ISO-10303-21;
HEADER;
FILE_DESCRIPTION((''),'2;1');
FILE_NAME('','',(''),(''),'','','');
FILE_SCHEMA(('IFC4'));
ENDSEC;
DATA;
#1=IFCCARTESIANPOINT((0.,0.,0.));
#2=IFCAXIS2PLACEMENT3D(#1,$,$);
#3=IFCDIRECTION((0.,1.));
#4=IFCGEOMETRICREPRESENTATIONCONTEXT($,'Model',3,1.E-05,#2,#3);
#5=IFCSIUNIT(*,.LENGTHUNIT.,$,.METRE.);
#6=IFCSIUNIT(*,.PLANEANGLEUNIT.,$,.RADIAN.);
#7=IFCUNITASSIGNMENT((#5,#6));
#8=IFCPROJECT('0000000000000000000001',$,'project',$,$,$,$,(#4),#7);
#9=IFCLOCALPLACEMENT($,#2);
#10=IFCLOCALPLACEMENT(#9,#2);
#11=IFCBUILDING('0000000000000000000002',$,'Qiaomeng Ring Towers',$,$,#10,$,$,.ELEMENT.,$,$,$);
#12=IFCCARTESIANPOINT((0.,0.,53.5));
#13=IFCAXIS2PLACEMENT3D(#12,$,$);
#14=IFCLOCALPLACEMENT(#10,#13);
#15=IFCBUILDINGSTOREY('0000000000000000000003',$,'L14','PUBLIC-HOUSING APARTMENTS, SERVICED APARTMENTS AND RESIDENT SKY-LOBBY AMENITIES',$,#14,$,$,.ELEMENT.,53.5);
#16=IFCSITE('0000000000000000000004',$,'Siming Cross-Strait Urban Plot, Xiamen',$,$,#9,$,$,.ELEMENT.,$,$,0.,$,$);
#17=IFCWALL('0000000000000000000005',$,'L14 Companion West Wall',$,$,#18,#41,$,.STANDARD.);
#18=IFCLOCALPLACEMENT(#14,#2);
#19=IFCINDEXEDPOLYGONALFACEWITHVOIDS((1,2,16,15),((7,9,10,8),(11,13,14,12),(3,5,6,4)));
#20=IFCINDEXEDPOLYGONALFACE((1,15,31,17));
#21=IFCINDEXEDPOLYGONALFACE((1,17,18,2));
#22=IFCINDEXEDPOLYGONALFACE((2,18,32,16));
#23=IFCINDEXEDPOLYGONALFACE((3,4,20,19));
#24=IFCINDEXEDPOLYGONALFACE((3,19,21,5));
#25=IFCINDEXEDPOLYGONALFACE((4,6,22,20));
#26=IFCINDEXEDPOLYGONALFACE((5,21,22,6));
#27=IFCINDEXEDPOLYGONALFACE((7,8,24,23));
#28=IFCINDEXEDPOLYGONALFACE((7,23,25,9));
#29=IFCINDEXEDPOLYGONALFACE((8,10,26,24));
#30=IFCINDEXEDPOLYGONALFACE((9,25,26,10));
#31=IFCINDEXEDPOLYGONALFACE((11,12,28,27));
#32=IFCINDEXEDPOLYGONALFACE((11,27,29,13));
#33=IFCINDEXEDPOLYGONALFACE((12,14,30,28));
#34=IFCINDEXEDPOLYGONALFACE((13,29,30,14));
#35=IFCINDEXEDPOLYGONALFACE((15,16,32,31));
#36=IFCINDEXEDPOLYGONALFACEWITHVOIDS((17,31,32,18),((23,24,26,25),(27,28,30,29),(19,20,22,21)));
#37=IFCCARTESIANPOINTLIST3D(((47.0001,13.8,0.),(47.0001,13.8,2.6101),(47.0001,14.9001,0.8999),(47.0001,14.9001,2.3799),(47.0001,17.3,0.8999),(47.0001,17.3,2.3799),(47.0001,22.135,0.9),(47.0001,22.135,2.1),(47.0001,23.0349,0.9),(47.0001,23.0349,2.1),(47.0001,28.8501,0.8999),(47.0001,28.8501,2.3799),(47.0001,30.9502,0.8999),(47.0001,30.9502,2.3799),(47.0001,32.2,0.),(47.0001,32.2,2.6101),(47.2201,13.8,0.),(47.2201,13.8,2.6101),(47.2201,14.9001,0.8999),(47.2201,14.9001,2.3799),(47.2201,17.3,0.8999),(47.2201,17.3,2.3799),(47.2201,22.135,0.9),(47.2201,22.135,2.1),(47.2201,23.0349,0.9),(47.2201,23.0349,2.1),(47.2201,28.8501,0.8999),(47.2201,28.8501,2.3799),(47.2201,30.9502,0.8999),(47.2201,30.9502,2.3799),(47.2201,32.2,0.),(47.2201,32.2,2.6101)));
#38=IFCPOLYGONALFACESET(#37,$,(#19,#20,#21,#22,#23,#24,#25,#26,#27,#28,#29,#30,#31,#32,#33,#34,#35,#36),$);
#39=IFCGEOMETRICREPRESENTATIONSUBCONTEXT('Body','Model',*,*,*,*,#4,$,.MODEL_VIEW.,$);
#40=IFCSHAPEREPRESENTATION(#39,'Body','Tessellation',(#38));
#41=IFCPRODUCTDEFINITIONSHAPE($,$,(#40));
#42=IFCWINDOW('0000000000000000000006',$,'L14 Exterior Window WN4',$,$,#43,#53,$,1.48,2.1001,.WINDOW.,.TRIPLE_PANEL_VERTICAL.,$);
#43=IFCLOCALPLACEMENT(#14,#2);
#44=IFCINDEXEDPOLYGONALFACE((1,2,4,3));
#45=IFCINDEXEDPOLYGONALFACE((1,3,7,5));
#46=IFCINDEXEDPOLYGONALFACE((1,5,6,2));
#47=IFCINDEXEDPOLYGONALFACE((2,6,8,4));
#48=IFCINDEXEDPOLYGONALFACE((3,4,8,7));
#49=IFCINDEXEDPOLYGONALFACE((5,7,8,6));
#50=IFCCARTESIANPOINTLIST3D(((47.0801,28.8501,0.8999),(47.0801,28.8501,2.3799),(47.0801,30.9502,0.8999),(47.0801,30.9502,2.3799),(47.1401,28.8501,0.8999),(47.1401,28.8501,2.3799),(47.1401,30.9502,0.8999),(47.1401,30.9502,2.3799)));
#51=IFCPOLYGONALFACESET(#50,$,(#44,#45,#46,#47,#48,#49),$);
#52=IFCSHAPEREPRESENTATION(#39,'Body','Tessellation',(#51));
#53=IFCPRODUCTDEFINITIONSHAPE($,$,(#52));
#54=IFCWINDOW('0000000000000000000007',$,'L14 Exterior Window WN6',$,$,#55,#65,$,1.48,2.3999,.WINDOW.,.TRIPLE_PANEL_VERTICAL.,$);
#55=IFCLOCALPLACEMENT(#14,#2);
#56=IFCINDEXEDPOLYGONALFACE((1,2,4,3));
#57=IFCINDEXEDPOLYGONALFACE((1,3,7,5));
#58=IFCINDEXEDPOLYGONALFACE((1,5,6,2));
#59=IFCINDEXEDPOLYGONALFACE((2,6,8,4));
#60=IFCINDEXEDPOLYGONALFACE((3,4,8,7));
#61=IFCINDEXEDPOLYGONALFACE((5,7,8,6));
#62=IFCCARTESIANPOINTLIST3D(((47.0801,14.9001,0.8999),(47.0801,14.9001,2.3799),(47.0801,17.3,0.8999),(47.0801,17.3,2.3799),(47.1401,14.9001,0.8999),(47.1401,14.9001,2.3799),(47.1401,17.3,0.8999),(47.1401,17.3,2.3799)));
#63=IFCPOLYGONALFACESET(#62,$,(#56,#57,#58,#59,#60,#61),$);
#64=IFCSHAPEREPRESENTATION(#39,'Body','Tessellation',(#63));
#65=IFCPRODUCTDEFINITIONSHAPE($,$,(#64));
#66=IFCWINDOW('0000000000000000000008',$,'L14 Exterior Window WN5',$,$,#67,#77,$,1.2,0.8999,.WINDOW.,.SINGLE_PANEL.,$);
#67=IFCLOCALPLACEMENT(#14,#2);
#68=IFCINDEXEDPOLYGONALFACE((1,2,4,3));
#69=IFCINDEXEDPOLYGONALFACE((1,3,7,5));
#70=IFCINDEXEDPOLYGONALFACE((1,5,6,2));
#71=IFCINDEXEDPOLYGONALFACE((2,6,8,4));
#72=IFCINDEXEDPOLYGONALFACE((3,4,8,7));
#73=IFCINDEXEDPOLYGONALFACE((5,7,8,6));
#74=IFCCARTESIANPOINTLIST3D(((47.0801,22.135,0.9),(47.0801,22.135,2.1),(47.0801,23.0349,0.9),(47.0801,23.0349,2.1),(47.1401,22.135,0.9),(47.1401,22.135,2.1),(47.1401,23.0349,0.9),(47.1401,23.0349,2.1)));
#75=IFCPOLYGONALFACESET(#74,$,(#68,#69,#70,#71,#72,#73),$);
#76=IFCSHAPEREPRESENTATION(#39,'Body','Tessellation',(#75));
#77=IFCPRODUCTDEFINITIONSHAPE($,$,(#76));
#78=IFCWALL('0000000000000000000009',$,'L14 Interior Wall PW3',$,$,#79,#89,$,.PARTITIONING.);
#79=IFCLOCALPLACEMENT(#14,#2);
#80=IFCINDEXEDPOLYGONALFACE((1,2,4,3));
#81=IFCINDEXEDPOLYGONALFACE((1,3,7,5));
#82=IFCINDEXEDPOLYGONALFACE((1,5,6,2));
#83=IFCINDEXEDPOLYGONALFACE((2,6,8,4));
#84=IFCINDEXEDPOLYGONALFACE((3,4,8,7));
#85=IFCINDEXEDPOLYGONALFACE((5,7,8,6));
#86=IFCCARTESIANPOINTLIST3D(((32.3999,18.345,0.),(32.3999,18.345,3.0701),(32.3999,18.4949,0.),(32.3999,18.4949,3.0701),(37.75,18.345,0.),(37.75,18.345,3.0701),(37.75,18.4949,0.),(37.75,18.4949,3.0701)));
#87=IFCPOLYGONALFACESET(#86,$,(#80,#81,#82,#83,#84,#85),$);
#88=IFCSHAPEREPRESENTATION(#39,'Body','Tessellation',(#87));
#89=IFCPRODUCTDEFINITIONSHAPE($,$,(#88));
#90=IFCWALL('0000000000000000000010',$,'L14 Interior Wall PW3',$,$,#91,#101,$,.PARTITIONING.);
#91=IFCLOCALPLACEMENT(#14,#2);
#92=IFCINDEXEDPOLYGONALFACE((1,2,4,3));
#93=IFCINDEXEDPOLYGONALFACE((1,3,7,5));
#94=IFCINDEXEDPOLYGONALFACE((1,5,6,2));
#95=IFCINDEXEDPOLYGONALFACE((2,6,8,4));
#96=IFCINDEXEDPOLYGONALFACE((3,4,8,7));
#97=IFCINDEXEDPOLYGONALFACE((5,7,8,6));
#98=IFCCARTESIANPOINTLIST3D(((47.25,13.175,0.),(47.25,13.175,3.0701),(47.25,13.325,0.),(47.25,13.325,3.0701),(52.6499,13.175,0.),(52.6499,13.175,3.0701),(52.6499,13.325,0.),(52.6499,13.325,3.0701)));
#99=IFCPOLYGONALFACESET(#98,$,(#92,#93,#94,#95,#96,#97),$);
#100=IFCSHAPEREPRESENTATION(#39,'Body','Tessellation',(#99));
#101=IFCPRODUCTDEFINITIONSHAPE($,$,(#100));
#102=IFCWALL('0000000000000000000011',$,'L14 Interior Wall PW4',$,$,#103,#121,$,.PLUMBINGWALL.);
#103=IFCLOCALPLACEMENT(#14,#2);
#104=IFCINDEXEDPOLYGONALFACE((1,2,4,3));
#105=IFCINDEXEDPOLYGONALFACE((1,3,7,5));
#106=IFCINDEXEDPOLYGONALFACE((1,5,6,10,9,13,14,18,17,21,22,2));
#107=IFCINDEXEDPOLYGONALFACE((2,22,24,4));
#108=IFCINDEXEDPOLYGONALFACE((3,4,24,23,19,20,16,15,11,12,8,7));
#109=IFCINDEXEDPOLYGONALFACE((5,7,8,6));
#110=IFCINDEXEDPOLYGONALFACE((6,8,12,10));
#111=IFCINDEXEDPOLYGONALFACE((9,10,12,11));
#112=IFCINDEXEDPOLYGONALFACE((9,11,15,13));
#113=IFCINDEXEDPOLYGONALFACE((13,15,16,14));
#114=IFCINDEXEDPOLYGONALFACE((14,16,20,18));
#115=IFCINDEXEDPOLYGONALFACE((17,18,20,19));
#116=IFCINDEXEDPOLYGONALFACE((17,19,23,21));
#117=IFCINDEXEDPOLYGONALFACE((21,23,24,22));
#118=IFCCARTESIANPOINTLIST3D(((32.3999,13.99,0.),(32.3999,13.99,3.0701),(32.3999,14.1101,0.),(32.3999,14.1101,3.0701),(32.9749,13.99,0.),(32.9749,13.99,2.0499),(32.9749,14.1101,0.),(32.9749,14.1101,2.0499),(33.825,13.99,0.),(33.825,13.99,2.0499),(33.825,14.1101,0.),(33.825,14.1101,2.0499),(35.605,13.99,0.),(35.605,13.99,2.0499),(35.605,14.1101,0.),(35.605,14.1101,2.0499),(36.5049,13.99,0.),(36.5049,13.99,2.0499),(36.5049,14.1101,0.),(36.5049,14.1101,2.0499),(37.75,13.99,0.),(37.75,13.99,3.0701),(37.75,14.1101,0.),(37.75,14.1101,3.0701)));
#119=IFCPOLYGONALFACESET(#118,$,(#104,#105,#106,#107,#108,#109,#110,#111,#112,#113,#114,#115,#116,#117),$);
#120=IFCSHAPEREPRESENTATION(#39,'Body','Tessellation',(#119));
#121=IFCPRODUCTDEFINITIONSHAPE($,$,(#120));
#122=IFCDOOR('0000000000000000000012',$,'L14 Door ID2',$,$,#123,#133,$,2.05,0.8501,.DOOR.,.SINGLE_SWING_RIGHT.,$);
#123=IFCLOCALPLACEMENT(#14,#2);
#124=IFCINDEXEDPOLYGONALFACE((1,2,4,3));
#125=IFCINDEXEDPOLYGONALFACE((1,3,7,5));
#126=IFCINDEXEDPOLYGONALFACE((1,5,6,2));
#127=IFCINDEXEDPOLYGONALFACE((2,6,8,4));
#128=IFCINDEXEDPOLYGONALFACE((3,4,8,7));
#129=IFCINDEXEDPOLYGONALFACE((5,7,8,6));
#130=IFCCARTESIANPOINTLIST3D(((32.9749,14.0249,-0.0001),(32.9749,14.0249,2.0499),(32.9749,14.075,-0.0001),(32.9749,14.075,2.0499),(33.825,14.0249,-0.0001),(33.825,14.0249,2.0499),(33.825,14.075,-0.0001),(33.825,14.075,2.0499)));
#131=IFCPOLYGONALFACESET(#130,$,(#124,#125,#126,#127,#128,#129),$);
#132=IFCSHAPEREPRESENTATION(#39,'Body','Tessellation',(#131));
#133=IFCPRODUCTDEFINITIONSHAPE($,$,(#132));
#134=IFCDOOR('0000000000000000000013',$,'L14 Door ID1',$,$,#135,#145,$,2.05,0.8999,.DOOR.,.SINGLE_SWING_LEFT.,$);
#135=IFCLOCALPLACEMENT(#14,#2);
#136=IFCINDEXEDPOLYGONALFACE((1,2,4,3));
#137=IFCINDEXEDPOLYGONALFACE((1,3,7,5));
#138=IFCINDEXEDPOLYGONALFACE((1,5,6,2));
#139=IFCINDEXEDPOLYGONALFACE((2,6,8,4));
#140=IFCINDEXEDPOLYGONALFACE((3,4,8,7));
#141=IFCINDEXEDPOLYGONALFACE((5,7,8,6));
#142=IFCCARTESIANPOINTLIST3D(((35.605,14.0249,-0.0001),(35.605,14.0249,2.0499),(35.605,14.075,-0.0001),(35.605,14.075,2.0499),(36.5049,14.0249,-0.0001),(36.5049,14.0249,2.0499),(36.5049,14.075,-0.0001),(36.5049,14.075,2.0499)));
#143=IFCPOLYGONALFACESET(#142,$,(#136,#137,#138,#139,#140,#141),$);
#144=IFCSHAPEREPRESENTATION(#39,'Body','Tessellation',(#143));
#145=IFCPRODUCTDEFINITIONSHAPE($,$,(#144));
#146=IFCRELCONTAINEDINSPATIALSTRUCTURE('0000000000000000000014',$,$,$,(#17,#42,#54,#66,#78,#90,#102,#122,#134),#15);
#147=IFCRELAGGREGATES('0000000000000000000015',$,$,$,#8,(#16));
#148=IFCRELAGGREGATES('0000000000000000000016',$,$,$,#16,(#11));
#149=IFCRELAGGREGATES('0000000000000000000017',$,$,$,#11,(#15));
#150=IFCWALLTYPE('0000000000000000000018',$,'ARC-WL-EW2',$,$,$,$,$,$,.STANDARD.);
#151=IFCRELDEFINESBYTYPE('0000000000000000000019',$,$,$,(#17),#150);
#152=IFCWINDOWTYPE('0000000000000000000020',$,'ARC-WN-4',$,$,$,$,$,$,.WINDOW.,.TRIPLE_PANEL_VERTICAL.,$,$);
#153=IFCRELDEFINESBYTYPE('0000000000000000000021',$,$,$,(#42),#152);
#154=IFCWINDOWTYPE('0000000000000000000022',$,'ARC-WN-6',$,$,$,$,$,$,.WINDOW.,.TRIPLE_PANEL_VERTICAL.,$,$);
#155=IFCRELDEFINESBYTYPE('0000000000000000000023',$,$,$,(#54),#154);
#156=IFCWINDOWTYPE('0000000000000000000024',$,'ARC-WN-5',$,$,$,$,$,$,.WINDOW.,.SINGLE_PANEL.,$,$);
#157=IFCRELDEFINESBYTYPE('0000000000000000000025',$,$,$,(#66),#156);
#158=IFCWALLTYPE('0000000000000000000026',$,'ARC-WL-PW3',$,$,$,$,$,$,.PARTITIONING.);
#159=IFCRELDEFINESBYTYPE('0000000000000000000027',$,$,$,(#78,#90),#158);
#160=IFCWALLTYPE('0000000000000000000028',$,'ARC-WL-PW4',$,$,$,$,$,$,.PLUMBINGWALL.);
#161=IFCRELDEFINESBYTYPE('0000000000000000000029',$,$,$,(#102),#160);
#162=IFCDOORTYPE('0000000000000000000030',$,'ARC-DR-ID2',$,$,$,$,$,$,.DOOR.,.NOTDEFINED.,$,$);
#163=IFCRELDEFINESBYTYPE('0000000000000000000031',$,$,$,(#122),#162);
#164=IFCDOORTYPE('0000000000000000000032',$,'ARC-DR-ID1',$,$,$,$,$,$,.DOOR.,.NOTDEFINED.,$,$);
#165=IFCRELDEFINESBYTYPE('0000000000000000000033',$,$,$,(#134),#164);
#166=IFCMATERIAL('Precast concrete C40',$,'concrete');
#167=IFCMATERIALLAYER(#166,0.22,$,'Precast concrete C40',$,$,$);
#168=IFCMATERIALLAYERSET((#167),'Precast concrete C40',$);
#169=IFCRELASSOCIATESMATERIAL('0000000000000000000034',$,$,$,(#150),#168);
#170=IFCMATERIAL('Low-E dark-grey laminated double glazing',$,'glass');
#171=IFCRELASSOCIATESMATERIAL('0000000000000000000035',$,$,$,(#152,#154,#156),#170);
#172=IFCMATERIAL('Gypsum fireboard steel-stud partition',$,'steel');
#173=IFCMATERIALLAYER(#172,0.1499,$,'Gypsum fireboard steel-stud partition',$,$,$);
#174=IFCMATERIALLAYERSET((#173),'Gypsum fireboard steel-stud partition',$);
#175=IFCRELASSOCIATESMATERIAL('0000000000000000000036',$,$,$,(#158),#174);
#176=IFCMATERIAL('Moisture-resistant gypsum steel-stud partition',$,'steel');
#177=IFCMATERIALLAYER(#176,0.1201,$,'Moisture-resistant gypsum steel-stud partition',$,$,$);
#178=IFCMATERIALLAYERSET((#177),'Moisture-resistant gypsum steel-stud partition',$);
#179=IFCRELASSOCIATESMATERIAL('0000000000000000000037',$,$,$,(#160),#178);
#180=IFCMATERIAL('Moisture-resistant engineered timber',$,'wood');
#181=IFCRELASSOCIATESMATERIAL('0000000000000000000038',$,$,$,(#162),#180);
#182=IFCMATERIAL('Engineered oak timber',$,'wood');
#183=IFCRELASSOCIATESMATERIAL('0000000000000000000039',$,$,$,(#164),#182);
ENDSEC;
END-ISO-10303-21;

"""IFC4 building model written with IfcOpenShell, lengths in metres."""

from ifc_helpers import new_model, si_unit, direction, frame, frame_2d, origin, place, context, subcontext, project, spatial, rectangle, extrude, source, transform, mapped, material, layer, layer_set, type_object, element, fill, save


model = new_model("IFC4")

# Units and contexts
model_context = context("Model", 3, precision=1e-05, world=origin(), true_north=direction((0.0, 1.0)))
body_context = subcontext(model_context, "Body", "Model", "MODEL_VIEW")
ifc_project = project(units=[si_unit("LENGTHUNIT", "METRE"), si_unit("PLANEANGLEUNIT", "RADIAN")], contexts=[model_context])

# Site, building, storey
site_placement = place(None, origin())
site = spatial("IfcSite", under=ifc_project, at=site_placement, Name="Siming Cross-Strait Urban Plot, Xiamen", CompositionType="ELEMENT", RefElevation=0.0)
building_placement = place(site_placement, origin())
building = spatial("IfcBuilding", under=site, at=building_placement, Name="Qiaomeng Ring Towers", CompositionType="ELEMENT")
storey_placement = place(building_placement, frame((0.0, 0.0, 53.5)))
storey = spatial("IfcBuildingStorey", under=building, at=storey_placement, Name="L14", Description="PUBLIC-HOUSING APARTMENTS, SERVICED APARTMENTS AND RESIDENT SKY-LOBBY AMENITIES", CompositionType="ELEMENT", Elevation=53.5)

# Wall, openings, windows
ifc_material_1 = material(Name="Precast concrete C40", Category="concrete")
ifc_layer_1 = layer(ifc_material_1, 0.22, Name="Precast concrete C40")
ifc_layer_set_1 = layer_set([ifc_layer_1], Name="Precast concrete C40")
wall_type_1 = type_object("IfcWallType", Name="ARC-WL-EW2", PredefinedType="STANDARD", material=ifc_layer_set_1)
wall_1_placement = place(storey_placement, frame((47.1101, 13.8, 0.0), z_axis=(0.0, 0.0, 1.0), x_axis=(0.0, 1.0, 0.0)))
wall_1 = element("IfcWall", 1, at=wall_1_placement, inside=storey, type_object=wall_type_1, Name="L14 Companion West Wall", PredefinedType="STANDARD", context=body_context, shape_type="SweptSolid", body=[
    extrude(rectangle(XDim=18.3999, YDim=0.22, at=frame_2d((9.2, 0.0))), origin(), (0.0, 0.0, 1.0), 2.6101),
])
opening_1_placement = place(wall_1_placement, frame((1.1001, 0.0, 0.8999)))
opening_1 = element("IfcOpeningElement", 2, at=opening_1_placement, cuts=wall_1, PredefinedType="OPENING", context=body_context, shape_type="SweptSolid", body=[
    extrude(rectangle(XDim=2.3999, YDim=1.48, at=frame_2d((1.2, 0.74))), frame((0.0, 0.1199, 0.0), z_axis=(0.0, -1.0, 0.0), x_axis=(1.0, 0.0, 0.0)), (0.0, 0.0, 1.0), 0.24),
])
opening_2_placement = place(wall_1_placement, frame((15.05, 0.0, 0.8999)))
opening_2 = element("IfcOpeningElement", 3, at=opening_2_placement, cuts=wall_1, PredefinedType="OPENING", context=body_context, shape_type="SweptSolid", body=[
    extrude(rectangle(XDim=2.1001, YDim=1.48, at=frame_2d((1.05, 0.74))), frame((0.0, 0.1199, 0.0), z_axis=(0.0, -1.0, 0.0), x_axis=(1.0, 0.0, 0.0)), (0.0, 0.0, 1.0), 0.24),
])
opening_3_placement = place(wall_1_placement, frame((8.335, 0.0, 0.8999)))
opening_3 = element("IfcOpeningElement", 4, at=opening_3_placement, cuts=wall_1, PredefinedType="OPENING", context=body_context, shape_type="SweptSolid", body=[
    extrude(rectangle(XDim=0.8999, YDim=1.2, at=frame_2d((0.45, 0.6001))), frame((0.0, 0.1199, 0.0), z_axis=(0.0, -1.0, 0.0), x_axis=(1.0, 0.0, 0.0)), (0.0, 0.0, 1.0), 0.24),
])
ifc_material_2 = material(Name="Low-E dark-grey laminated double glazing", Category="glass")
window_type_1 = type_object("IfcWindowType", Name="ARC-WN-4", PartitioningType="TRIPLE_PANEL_VERTICAL", PredefinedType="WINDOW", material=ifc_material_2)
shared_shape_1 = source(origin(), body_context, "Body", "SweptSolid", [
    extrude(rectangle(XDim=2.1001, YDim=1.48, at=frame_2d((1.05, 0.74))), frame((0.0, 0.03, 0.0), z_axis=(0.0, -1.0, 0.0), x_axis=(1.0, 0.0, 0.0)), (0.0, 0.0, 1.0), 0.0601),
])
window_1_placement = place(opening_2_placement, origin())
window_1 = element("IfcWindow", 5, at=window_1_placement, inside=storey, type_object=window_type_1, Name="L14 Exterior Window WN4", OverallHeight=1.48, OverallWidth=2.1001, PartitioningType="TRIPLE_PANEL_VERTICAL", PredefinedType="WINDOW", context=body_context, shape_type="MappedRepresentation", body=[
    mapped(shared_shape_1, transform((0.0, 0.0, 0.0), x_axis=(1.0, 0.0, 0.0), y_axis=(0.0, 1.0, 0.0), z_axis=(0.0, 0.0, 1.0), scale=1.0)),
])
fill(opening_2, window_1)
window_type_2 = type_object("IfcWindowType", Name="ARC-WN-6", PartitioningType="TRIPLE_PANEL_VERTICAL", PredefinedType="WINDOW", material=ifc_material_2)
shared_shape_2 = source(origin(), body_context, "Body", "SweptSolid", [
    extrude(rectangle(XDim=2.3999, YDim=1.48, at=frame_2d((1.2, 0.74))), frame((0.0, 0.03, 0.0), z_axis=(0.0, -1.0, 0.0), x_axis=(1.0, 0.0, 0.0)), (0.0, 0.0, 1.0), 0.0601),
])
window_2_placement = place(opening_1_placement, origin())
window_2 = element("IfcWindow", 6, at=window_2_placement, inside=storey, type_object=window_type_2, Name="L14 Exterior Window WN6", OverallHeight=1.48, OverallWidth=2.3999, PartitioningType="TRIPLE_PANEL_VERTICAL", PredefinedType="WINDOW", context=body_context, shape_type="MappedRepresentation", body=[
    mapped(shared_shape_2, transform((0.0, 0.0, 0.0), x_axis=(1.0, 0.0, 0.0), y_axis=(0.0, 1.0, 0.0), z_axis=(0.0, 0.0, 1.0), scale=1.0)),
])
fill(opening_1, window_2)
window_type_3 = type_object("IfcWindowType", Name="ARC-WN-5", PartitioningType="SINGLE_PANEL", PredefinedType="WINDOW", material=ifc_material_2)
shared_shape_3 = source(origin(), body_context, "Body", "SweptSolid", [
    extrude(rectangle(XDim=0.8999, YDim=1.2, at=frame_2d((0.45, 0.6001))), frame((0.0, 0.03, 0.0), z_axis=(0.0, -1.0, 0.0), x_axis=(1.0, 0.0, 0.0)), (0.0, 0.0, 1.0), 0.0601),
])
window_3_placement = place(opening_3_placement, origin())
window_3 = element("IfcWindow", 7, at=window_3_placement, inside=storey, type_object=window_type_3, Name="L14 Exterior Window WN5", OverallHeight=1.2, OverallWidth=0.8999, PartitioningType="SINGLE_PANEL", PredefinedType="WINDOW", context=body_context, shape_type="MappedRepresentation", body=[
    mapped(shared_shape_3, transform((0.0, 0.0, 0.0), x_axis=(1.0, 0.0, 0.0), y_axis=(0.0, 1.0, 0.0), z_axis=(0.0, 0.0, 1.0), scale=1.0)),
])
fill(opening_3, window_3)

# Walls
ifc_material_3 = material(Name="Gypsum fireboard steel-stud partition", Category="steel")
ifc_layer_2 = layer(ifc_material_3, 0.1499, Name="Gypsum fireboard steel-stud partition")
ifc_layer_set_2 = layer_set([ifc_layer_2], Name="Gypsum fireboard steel-stud partition")
wall_type_2 = type_object("IfcWallType", Name="ARC-WL-PW3", PredefinedType="PARTITIONING", material=ifc_layer_set_2)
wall_2_placement = place(storey_placement, frame((32.3999, 18.4199, 0.0), z_axis=(0.0, 0.0, 1.0), x_axis=(1.0, 0.0, 0.0)))
element("IfcWall", 8, at=wall_2_placement, inside=storey, type_object=wall_type_2, Name="L14 Interior Wall PW3", PredefinedType="PARTITIONING", context=body_context, shape_type="SweptSolid", body=[
    extrude(rectangle(XDim=5.3501, YDim=0.1499, at=frame_2d((2.675, 0.0))), origin(), (0.0, 0.0, 1.0), 3.0701),
])
wall_3_placement = place(storey_placement, frame((47.25, 13.25, 0.0), z_axis=(0.0, 0.0, 1.0), x_axis=(1.0, 0.0, 0.0)))
element("IfcWall", 9, at=wall_3_placement, inside=storey, type_object=wall_type_2, Name="L14 Interior Wall PW3", PredefinedType="PARTITIONING", context=body_context, shape_type="SweptSolid", body=[
    extrude(rectangle(XDim=5.3999, YDim=0.1499, at=frame_2d((2.7, 0.0))), origin(), (0.0, 0.0, 1.0), 3.0701),
])

# Wall, openings, doors
ifc_material_4 = material(Name="Moisture-resistant gypsum steel-stud partition", Category="steel")
ifc_layer_3 = layer(ifc_material_4, 0.1201, Name="Moisture-resistant gypsum steel-stud partition")
ifc_layer_set_3 = layer_set([ifc_layer_3], Name="Moisture-resistant gypsum steel-stud partition")
wall_type_3 = type_object("IfcWallType", Name="ARC-WL-PW4", PredefinedType="PLUMBINGWALL", material=ifc_layer_set_3)
wall_4_placement = place(storey_placement, frame((32.3999, 14.05, 0.0), z_axis=(0.0, 0.0, 1.0), x_axis=(1.0, 0.0, 0.0)))
wall_4 = element("IfcWall", 10, at=wall_4_placement, inside=storey, type_object=wall_type_3, Name="L14 Interior Wall PW4", PredefinedType="PLUMBINGWALL", context=body_context, shape_type="SweptSolid", body=[
    extrude(rectangle(XDim=5.3501, YDim=0.1201, at=frame_2d((2.675, 0.0))), origin(), (0.0, 0.0, 1.0), 3.0701),
])
opening_4_placement = place(wall_4_placement, frame((0.575, 0.0, 0.0)))
opening_4 = element("IfcOpeningElement", 11, at=opening_4_placement, cuts=wall_4, PredefinedType="OPENING", context=body_context, shape_type="SweptSolid", body=[
    extrude(rectangle(XDim=0.8501, YDim=2.05, at=frame_2d((0.425, 1.0249))), frame((0.0, 0.0701, 0.0), z_axis=(0.0, -1.0, 0.0), x_axis=(1.0, 0.0, 0.0)), (0.0, 0.0, 1.0), 0.1401),
])
opening_5_placement = place(wall_4_placement, frame((3.2051, 0.0, 0.0)))
opening_5 = element("IfcOpeningElement", 12, at=opening_5_placement, cuts=wall_4, PredefinedType="OPENING", context=body_context, shape_type="SweptSolid", body=[
    extrude(rectangle(XDim=0.8999, YDim=2.05, at=frame_2d((0.45, 1.0249))), frame((0.0, 0.0701, 0.0), z_axis=(0.0, -1.0, 0.0), x_axis=(1.0, 0.0, 0.0)), (0.0, 0.0, 1.0), 0.1401),
])
ifc_material_5 = material(Name="Moisture-resistant engineered timber", Category="wood")
door_type_1 = type_object("IfcDoorType", Name="ARC-DR-ID2", OperationType="NOTDEFINED", PredefinedType="DOOR", material=ifc_material_5)
shared_shape_4 = source(origin(), body_context, "Body", "SweptSolid", [
    extrude(rectangle(XDim=0.8501, YDim=2.05, at=frame_2d((0.425, 1.0249))), frame((0.0, 0.0249, 0.0), z_axis=(0.0, -1.0, 0.0), x_axis=(1.0, 0.0, 0.0)), (0.0, 0.0, 1.0), 0.05),
])
door_1_placement = place(opening_4_placement, origin())
door_1 = element("IfcDoor", 13, at=door_1_placement, inside=storey, type_object=door_type_1, Name="L14 Door ID2", OperationType="SINGLE_SWING_RIGHT", OverallHeight=2.05, OverallWidth=0.8501, PredefinedType="DOOR", context=body_context, shape_type="MappedRepresentation", body=[
    mapped(shared_shape_4, transform((0.0, 0.0, 0.0), x_axis=(1.0, 0.0, 0.0), y_axis=(0.0, 1.0, 0.0), z_axis=(0.0, 0.0, 1.0), scale=1.0)),
])
fill(opening_4, door_1)
ifc_material_6 = material(Name="Engineered oak timber", Category="wood")
door_type_2 = type_object("IfcDoorType", Name="ARC-DR-ID1", OperationType="NOTDEFINED", PredefinedType="DOOR", material=ifc_material_6)
shared_shape_5 = source(origin(), body_context, "Body", "SweptSolid", [
    extrude(rectangle(XDim=0.8999, YDim=2.05, at=frame_2d((0.45, 1.0249))), frame((0.0, 0.0249, 0.0), z_axis=(0.0, -1.0, 0.0), x_axis=(1.0, 0.0, 0.0)), (0.0, 0.0, 1.0), 0.05),
])
door_2_placement = place(opening_5_placement, origin())
door_2 = element("IfcDoor", 14, at=door_2_placement, inside=storey, type_object=door_type_2, Name="L14 Door ID1", OperationType="SINGLE_SWING_LEFT", OverallHeight=2.05, OverallWidth=0.8999, PredefinedType="DOOR", context=body_context, shape_type="MappedRepresentation", body=[
    mapped(shared_shape_5, transform((0.0, 0.0, 0.0), x_axis=(1.0, 0.0, 0.0), y_axis=(0.0, 1.0, 0.0), z_axis=(0.0, 0.0, 1.0), scale=1.0)),
])
fill(opening_5, door_2)

save(model, "model.ifc")
